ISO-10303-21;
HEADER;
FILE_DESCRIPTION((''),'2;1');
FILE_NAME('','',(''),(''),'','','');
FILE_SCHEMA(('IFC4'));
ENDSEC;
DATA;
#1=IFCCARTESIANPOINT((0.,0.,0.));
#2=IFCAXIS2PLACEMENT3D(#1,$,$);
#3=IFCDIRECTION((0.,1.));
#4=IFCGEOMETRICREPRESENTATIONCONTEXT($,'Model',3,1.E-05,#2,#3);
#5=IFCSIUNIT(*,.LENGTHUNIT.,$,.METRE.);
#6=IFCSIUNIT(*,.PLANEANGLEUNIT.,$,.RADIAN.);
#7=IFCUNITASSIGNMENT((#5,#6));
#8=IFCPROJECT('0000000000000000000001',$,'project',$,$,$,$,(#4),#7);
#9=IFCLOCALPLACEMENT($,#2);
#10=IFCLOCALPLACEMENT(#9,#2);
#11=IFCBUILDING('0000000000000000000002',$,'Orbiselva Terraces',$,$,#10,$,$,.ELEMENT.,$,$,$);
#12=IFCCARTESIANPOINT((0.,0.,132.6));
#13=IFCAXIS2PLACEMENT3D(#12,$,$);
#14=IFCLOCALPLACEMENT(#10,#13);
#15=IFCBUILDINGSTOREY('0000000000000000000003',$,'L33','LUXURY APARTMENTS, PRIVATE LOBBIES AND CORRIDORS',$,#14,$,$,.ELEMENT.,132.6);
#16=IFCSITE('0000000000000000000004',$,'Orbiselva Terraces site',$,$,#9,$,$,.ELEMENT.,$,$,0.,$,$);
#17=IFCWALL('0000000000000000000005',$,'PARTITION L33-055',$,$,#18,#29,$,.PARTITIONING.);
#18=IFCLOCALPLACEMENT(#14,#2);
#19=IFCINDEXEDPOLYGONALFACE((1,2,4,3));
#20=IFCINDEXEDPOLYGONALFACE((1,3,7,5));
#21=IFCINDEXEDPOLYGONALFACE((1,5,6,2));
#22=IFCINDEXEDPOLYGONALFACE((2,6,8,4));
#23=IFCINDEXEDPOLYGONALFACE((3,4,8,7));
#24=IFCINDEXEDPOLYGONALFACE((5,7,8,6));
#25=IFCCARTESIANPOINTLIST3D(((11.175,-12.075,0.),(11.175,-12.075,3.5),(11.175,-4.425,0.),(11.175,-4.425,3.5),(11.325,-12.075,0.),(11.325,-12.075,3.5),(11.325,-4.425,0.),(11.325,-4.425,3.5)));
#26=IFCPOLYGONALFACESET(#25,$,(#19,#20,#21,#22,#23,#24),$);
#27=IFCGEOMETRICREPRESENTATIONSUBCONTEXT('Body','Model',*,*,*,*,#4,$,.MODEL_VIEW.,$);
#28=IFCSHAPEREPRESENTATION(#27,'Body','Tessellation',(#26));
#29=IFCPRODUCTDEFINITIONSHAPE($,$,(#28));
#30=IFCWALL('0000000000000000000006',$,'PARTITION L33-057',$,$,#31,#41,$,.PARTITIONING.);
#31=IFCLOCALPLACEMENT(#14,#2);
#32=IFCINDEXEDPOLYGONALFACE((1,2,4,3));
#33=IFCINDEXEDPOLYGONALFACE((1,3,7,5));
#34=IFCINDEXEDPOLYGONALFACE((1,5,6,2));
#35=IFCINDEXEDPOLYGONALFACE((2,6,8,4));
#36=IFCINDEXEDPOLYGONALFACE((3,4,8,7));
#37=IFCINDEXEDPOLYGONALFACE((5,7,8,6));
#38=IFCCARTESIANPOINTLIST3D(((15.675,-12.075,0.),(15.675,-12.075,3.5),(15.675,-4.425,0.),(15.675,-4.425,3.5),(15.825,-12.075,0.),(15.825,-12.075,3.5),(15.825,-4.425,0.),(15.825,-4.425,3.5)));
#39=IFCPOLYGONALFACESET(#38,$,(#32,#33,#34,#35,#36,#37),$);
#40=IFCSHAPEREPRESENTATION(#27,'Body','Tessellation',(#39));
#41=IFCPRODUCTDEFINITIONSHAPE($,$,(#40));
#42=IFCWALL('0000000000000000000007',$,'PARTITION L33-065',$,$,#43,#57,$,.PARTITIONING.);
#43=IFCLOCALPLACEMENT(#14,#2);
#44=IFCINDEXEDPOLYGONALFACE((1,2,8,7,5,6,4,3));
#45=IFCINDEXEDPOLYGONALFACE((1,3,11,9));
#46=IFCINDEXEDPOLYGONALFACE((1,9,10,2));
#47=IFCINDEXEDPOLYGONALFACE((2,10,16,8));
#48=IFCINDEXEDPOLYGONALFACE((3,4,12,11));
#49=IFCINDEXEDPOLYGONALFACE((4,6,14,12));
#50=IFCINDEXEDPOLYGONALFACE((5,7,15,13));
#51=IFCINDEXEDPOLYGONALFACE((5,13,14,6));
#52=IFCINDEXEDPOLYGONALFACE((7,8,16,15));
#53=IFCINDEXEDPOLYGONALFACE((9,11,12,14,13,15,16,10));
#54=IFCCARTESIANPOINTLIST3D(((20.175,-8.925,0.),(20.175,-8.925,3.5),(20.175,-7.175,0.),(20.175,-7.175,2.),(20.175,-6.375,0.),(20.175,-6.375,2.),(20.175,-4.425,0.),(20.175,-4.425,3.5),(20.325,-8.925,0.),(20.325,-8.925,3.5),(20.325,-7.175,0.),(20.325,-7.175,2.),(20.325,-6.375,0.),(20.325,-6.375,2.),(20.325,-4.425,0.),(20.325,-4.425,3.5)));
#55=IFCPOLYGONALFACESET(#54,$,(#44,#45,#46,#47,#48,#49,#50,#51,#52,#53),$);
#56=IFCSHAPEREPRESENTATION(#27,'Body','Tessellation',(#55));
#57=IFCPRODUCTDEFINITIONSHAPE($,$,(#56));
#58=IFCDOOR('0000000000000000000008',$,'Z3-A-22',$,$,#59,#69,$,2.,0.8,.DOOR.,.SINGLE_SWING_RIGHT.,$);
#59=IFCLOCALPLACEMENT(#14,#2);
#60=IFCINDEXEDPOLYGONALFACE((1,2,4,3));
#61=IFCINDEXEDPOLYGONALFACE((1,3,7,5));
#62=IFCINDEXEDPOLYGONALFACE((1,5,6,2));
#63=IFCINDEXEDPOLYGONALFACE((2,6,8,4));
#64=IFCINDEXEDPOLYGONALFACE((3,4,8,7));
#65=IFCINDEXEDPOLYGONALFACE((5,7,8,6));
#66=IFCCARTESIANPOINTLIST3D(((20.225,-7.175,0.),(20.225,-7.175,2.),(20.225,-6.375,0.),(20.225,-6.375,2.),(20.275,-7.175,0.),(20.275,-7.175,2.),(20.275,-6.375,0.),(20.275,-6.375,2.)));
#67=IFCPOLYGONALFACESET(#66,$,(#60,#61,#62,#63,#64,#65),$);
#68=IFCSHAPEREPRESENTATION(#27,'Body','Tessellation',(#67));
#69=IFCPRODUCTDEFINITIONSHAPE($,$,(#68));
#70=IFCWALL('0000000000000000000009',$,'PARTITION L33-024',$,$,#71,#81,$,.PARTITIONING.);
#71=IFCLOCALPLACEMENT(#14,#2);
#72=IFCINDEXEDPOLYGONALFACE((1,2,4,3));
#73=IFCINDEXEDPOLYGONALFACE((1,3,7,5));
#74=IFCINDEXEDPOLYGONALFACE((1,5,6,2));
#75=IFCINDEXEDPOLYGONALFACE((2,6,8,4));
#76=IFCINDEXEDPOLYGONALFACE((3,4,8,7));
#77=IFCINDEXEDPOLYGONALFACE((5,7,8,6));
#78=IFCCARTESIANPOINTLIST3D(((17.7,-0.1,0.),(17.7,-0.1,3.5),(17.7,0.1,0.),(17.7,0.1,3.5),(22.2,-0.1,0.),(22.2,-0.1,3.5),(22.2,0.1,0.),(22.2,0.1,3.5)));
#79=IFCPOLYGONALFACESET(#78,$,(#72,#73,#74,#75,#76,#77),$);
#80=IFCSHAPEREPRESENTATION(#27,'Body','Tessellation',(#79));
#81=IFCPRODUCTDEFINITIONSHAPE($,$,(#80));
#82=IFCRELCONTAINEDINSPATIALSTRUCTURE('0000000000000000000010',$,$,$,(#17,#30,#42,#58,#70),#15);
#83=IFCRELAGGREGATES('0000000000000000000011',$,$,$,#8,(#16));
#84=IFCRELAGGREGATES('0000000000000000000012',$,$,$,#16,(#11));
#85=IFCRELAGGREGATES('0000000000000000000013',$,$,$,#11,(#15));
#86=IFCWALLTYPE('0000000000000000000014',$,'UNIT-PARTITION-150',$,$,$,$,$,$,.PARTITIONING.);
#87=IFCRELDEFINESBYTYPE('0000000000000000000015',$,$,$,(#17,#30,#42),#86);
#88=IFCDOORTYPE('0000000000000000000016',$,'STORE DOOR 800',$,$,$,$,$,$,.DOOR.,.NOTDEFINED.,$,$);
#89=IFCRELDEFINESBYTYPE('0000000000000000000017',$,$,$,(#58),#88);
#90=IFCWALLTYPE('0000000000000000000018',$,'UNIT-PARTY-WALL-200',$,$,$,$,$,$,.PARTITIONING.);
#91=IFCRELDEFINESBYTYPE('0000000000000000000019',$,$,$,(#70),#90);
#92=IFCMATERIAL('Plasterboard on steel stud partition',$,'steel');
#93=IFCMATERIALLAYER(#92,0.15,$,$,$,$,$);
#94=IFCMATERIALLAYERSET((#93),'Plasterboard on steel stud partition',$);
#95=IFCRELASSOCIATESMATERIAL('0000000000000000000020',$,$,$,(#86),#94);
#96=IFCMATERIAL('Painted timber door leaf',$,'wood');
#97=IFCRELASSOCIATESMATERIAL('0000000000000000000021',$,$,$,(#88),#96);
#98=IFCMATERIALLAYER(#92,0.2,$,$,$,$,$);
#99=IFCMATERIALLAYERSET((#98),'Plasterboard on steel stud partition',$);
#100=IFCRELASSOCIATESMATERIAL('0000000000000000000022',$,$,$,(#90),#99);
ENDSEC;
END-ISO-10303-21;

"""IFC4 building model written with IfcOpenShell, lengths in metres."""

from ifc_helpers import new_model, si_unit, direction, frame, frame_2d, origin, place, context, subcontext, project, spatial, rectangle, extrude, material, layer, layer_set, type_object, element, fill, save


model = new_model("IFC4")

# Units and contexts
model_context = context("Model", 3, precision=1e-05, world=origin(), true_north=direction((0.0, 1.0)))
body_context = subcontext(model_context, "Body", "Model", "MODEL_VIEW")
ifc_project = project(units=[si_unit("LENGTHUNIT", "METRE"), si_unit("PLANEANGLEUNIT", "RADIAN")], contexts=[model_context])

# Site, building, storey
site_placement = place(None, origin())
site = spatial("IfcSite", under=ifc_project, at=site_placement, Name="Orbiselva Terraces site", CompositionType="ELEMENT", RefElevation=0.0)
building_placement = place(site_placement, origin())
building = spatial("IfcBuilding", under=site, at=building_placement, Name="Orbiselva Terraces", CompositionType="ELEMENT")
storey_placement = place(building_placement, frame((0.0, 0.0, 132.6)))
storey = spatial("IfcBuildingStorey", under=building, at=storey_placement, Name="L33", Description="LUXURY APARTMENTS, PRIVATE LOBBIES AND CORRIDORS", CompositionType="ELEMENT", Elevation=132.6)

# Shared definitions
ifc_material_1 = material(Name="Plasterboard on steel stud partition", Category="steel")
ifc_material_2 = material(Name="Painted timber door leaf", Category="wood")

# Shared definitions
ifc_layer_1 = layer(ifc_material_1, 0.15)
ifc_layer_set_1 = layer_set([ifc_layer_1], Name="Plasterboard on steel stud partition")
wall_type_1 = type_object("IfcWallType", Name="UNIT-PARTITION-150", PredefinedType="PARTITIONING", material=ifc_layer_set_1)

# Shared definitions
door_type_1 = type_object("IfcDoorType", Name="STORE DOOR 800", OperationType="NOTDEFINED", PredefinedType="DOOR", material=ifc_material_2)

# Walls
for number, where, z_axis, x_axis, name in (
    (1, (11.25, -12.075, 0.0), (0.0, 0.0, 1.0), (0.0, 1.0, 0.0), "PARTITION L33-055"),
    (2, (15.75, -12.075, 0.0), (0.0, 0.0, 1.0), (0.0, 1.0, 0.0), "PARTITION L33-057"),
):
    element("IfcWall", number, at=place(storey_placement, frame(where, z_axis=z_axis, x_axis=x_axis)), inside=storey, type_object=wall_type_1, Name=name, PredefinedType="PARTITIONING", context=body_context, shape_type="SweptSolid", body=[
        extrude(rectangle(XDim=7.65, YDim=0.15, at=frame_2d((3.825, 0.0))), origin(), (0.0, 0.0, 1.0), 3.5),
    ])

# Wall, opening, door
wall_1_placement = place(storey_placement, frame((20.25, -4.425, 0.0), z_axis=(0.0, 0.0, 1.0), x_axis=(0.0, -1.0, 0.0)))
wall_1 = element("IfcWall", 3, at=wall_1_placement, inside=storey, type_object=wall_type_1, Name="PARTITION L33-065", PredefinedType="PARTITIONING", context=body_context, shape_type="SweptSolid", body=[
    extrude(rectangle(XDim=4.5, YDim=0.15, at=frame_2d((2.25, 0.0))), origin(), (0.0, 0.0, 1.0), 3.5),
])
opening_1_placement = place(wall_1_placement, frame((1.95, 0.0, 0.0)))
opening_1 = element("IfcOpeningElement", 4, at=opening_1_placement, cuts=wall_1, PredefinedType="OPENING", context=body_context, shape_type="SweptSolid", body=[
    extrude(rectangle(XDim=0.8, YDim=2.0, at=frame_2d((0.4, 1.0))), frame((0.0, 0.085, 0.0), z_axis=(0.0, -1.0, 0.0), x_axis=(1.0, 0.0, 0.0)), (0.0, 0.0, 1.0), 0.17),
])
door_1_placement = place(opening_1_placement, origin())
door_1 = element("IfcDoor", 5, at=door_1_placement, inside=storey, type_object=door_type_1, Name="Z3-A-22", OperationType="SINGLE_SWING_RIGHT", OverallHeight=2.0, OverallWidth=0.8, PredefinedType="DOOR", context=body_context, shape_type="SweptSolid", body=[
    extrude(rectangle(XDim=0.8, YDim=2.0, at=frame_2d((0.4, 1.0))), frame((0.0, 0.025, 0.0), z_axis=(0.0, -1.0, 0.0), x_axis=(1.0, 0.0, 0.0)), (0.0, 0.0, 1.0), 0.05),
])
fill(opening_1, door_1)

# Wall
ifc_layer_2 = layer(ifc_material_1, 0.2)
ifc_layer_set_2 = layer_set([ifc_layer_2], Name="Plasterboard on steel stud partition")
wall_type_2 = type_object("IfcWallType", Name="UNIT-PARTY-WALL-200", PredefinedType="PARTITIONING", material=ifc_layer_set_2)
wall_2_placement = place(storey_placement, frame((17.7, 0.0, 0.0), z_axis=(0.0, 0.0, 1.0), x_axis=(1.0, 0.0, 0.0)))
element("IfcWall", 6, at=wall_2_placement, inside=storey, type_object=wall_type_2, Name="PARTITION L33-024", PredefinedType="PARTITIONING", context=body_context, shape_type="SweptSolid", body=[
    extrude(rectangle(XDim=4.5, YDim=0.2, at=frame_2d((2.25, 0.0))), origin(), (0.0, 0.0, 1.0), 3.5),
])

save(model, "model.ifc")
